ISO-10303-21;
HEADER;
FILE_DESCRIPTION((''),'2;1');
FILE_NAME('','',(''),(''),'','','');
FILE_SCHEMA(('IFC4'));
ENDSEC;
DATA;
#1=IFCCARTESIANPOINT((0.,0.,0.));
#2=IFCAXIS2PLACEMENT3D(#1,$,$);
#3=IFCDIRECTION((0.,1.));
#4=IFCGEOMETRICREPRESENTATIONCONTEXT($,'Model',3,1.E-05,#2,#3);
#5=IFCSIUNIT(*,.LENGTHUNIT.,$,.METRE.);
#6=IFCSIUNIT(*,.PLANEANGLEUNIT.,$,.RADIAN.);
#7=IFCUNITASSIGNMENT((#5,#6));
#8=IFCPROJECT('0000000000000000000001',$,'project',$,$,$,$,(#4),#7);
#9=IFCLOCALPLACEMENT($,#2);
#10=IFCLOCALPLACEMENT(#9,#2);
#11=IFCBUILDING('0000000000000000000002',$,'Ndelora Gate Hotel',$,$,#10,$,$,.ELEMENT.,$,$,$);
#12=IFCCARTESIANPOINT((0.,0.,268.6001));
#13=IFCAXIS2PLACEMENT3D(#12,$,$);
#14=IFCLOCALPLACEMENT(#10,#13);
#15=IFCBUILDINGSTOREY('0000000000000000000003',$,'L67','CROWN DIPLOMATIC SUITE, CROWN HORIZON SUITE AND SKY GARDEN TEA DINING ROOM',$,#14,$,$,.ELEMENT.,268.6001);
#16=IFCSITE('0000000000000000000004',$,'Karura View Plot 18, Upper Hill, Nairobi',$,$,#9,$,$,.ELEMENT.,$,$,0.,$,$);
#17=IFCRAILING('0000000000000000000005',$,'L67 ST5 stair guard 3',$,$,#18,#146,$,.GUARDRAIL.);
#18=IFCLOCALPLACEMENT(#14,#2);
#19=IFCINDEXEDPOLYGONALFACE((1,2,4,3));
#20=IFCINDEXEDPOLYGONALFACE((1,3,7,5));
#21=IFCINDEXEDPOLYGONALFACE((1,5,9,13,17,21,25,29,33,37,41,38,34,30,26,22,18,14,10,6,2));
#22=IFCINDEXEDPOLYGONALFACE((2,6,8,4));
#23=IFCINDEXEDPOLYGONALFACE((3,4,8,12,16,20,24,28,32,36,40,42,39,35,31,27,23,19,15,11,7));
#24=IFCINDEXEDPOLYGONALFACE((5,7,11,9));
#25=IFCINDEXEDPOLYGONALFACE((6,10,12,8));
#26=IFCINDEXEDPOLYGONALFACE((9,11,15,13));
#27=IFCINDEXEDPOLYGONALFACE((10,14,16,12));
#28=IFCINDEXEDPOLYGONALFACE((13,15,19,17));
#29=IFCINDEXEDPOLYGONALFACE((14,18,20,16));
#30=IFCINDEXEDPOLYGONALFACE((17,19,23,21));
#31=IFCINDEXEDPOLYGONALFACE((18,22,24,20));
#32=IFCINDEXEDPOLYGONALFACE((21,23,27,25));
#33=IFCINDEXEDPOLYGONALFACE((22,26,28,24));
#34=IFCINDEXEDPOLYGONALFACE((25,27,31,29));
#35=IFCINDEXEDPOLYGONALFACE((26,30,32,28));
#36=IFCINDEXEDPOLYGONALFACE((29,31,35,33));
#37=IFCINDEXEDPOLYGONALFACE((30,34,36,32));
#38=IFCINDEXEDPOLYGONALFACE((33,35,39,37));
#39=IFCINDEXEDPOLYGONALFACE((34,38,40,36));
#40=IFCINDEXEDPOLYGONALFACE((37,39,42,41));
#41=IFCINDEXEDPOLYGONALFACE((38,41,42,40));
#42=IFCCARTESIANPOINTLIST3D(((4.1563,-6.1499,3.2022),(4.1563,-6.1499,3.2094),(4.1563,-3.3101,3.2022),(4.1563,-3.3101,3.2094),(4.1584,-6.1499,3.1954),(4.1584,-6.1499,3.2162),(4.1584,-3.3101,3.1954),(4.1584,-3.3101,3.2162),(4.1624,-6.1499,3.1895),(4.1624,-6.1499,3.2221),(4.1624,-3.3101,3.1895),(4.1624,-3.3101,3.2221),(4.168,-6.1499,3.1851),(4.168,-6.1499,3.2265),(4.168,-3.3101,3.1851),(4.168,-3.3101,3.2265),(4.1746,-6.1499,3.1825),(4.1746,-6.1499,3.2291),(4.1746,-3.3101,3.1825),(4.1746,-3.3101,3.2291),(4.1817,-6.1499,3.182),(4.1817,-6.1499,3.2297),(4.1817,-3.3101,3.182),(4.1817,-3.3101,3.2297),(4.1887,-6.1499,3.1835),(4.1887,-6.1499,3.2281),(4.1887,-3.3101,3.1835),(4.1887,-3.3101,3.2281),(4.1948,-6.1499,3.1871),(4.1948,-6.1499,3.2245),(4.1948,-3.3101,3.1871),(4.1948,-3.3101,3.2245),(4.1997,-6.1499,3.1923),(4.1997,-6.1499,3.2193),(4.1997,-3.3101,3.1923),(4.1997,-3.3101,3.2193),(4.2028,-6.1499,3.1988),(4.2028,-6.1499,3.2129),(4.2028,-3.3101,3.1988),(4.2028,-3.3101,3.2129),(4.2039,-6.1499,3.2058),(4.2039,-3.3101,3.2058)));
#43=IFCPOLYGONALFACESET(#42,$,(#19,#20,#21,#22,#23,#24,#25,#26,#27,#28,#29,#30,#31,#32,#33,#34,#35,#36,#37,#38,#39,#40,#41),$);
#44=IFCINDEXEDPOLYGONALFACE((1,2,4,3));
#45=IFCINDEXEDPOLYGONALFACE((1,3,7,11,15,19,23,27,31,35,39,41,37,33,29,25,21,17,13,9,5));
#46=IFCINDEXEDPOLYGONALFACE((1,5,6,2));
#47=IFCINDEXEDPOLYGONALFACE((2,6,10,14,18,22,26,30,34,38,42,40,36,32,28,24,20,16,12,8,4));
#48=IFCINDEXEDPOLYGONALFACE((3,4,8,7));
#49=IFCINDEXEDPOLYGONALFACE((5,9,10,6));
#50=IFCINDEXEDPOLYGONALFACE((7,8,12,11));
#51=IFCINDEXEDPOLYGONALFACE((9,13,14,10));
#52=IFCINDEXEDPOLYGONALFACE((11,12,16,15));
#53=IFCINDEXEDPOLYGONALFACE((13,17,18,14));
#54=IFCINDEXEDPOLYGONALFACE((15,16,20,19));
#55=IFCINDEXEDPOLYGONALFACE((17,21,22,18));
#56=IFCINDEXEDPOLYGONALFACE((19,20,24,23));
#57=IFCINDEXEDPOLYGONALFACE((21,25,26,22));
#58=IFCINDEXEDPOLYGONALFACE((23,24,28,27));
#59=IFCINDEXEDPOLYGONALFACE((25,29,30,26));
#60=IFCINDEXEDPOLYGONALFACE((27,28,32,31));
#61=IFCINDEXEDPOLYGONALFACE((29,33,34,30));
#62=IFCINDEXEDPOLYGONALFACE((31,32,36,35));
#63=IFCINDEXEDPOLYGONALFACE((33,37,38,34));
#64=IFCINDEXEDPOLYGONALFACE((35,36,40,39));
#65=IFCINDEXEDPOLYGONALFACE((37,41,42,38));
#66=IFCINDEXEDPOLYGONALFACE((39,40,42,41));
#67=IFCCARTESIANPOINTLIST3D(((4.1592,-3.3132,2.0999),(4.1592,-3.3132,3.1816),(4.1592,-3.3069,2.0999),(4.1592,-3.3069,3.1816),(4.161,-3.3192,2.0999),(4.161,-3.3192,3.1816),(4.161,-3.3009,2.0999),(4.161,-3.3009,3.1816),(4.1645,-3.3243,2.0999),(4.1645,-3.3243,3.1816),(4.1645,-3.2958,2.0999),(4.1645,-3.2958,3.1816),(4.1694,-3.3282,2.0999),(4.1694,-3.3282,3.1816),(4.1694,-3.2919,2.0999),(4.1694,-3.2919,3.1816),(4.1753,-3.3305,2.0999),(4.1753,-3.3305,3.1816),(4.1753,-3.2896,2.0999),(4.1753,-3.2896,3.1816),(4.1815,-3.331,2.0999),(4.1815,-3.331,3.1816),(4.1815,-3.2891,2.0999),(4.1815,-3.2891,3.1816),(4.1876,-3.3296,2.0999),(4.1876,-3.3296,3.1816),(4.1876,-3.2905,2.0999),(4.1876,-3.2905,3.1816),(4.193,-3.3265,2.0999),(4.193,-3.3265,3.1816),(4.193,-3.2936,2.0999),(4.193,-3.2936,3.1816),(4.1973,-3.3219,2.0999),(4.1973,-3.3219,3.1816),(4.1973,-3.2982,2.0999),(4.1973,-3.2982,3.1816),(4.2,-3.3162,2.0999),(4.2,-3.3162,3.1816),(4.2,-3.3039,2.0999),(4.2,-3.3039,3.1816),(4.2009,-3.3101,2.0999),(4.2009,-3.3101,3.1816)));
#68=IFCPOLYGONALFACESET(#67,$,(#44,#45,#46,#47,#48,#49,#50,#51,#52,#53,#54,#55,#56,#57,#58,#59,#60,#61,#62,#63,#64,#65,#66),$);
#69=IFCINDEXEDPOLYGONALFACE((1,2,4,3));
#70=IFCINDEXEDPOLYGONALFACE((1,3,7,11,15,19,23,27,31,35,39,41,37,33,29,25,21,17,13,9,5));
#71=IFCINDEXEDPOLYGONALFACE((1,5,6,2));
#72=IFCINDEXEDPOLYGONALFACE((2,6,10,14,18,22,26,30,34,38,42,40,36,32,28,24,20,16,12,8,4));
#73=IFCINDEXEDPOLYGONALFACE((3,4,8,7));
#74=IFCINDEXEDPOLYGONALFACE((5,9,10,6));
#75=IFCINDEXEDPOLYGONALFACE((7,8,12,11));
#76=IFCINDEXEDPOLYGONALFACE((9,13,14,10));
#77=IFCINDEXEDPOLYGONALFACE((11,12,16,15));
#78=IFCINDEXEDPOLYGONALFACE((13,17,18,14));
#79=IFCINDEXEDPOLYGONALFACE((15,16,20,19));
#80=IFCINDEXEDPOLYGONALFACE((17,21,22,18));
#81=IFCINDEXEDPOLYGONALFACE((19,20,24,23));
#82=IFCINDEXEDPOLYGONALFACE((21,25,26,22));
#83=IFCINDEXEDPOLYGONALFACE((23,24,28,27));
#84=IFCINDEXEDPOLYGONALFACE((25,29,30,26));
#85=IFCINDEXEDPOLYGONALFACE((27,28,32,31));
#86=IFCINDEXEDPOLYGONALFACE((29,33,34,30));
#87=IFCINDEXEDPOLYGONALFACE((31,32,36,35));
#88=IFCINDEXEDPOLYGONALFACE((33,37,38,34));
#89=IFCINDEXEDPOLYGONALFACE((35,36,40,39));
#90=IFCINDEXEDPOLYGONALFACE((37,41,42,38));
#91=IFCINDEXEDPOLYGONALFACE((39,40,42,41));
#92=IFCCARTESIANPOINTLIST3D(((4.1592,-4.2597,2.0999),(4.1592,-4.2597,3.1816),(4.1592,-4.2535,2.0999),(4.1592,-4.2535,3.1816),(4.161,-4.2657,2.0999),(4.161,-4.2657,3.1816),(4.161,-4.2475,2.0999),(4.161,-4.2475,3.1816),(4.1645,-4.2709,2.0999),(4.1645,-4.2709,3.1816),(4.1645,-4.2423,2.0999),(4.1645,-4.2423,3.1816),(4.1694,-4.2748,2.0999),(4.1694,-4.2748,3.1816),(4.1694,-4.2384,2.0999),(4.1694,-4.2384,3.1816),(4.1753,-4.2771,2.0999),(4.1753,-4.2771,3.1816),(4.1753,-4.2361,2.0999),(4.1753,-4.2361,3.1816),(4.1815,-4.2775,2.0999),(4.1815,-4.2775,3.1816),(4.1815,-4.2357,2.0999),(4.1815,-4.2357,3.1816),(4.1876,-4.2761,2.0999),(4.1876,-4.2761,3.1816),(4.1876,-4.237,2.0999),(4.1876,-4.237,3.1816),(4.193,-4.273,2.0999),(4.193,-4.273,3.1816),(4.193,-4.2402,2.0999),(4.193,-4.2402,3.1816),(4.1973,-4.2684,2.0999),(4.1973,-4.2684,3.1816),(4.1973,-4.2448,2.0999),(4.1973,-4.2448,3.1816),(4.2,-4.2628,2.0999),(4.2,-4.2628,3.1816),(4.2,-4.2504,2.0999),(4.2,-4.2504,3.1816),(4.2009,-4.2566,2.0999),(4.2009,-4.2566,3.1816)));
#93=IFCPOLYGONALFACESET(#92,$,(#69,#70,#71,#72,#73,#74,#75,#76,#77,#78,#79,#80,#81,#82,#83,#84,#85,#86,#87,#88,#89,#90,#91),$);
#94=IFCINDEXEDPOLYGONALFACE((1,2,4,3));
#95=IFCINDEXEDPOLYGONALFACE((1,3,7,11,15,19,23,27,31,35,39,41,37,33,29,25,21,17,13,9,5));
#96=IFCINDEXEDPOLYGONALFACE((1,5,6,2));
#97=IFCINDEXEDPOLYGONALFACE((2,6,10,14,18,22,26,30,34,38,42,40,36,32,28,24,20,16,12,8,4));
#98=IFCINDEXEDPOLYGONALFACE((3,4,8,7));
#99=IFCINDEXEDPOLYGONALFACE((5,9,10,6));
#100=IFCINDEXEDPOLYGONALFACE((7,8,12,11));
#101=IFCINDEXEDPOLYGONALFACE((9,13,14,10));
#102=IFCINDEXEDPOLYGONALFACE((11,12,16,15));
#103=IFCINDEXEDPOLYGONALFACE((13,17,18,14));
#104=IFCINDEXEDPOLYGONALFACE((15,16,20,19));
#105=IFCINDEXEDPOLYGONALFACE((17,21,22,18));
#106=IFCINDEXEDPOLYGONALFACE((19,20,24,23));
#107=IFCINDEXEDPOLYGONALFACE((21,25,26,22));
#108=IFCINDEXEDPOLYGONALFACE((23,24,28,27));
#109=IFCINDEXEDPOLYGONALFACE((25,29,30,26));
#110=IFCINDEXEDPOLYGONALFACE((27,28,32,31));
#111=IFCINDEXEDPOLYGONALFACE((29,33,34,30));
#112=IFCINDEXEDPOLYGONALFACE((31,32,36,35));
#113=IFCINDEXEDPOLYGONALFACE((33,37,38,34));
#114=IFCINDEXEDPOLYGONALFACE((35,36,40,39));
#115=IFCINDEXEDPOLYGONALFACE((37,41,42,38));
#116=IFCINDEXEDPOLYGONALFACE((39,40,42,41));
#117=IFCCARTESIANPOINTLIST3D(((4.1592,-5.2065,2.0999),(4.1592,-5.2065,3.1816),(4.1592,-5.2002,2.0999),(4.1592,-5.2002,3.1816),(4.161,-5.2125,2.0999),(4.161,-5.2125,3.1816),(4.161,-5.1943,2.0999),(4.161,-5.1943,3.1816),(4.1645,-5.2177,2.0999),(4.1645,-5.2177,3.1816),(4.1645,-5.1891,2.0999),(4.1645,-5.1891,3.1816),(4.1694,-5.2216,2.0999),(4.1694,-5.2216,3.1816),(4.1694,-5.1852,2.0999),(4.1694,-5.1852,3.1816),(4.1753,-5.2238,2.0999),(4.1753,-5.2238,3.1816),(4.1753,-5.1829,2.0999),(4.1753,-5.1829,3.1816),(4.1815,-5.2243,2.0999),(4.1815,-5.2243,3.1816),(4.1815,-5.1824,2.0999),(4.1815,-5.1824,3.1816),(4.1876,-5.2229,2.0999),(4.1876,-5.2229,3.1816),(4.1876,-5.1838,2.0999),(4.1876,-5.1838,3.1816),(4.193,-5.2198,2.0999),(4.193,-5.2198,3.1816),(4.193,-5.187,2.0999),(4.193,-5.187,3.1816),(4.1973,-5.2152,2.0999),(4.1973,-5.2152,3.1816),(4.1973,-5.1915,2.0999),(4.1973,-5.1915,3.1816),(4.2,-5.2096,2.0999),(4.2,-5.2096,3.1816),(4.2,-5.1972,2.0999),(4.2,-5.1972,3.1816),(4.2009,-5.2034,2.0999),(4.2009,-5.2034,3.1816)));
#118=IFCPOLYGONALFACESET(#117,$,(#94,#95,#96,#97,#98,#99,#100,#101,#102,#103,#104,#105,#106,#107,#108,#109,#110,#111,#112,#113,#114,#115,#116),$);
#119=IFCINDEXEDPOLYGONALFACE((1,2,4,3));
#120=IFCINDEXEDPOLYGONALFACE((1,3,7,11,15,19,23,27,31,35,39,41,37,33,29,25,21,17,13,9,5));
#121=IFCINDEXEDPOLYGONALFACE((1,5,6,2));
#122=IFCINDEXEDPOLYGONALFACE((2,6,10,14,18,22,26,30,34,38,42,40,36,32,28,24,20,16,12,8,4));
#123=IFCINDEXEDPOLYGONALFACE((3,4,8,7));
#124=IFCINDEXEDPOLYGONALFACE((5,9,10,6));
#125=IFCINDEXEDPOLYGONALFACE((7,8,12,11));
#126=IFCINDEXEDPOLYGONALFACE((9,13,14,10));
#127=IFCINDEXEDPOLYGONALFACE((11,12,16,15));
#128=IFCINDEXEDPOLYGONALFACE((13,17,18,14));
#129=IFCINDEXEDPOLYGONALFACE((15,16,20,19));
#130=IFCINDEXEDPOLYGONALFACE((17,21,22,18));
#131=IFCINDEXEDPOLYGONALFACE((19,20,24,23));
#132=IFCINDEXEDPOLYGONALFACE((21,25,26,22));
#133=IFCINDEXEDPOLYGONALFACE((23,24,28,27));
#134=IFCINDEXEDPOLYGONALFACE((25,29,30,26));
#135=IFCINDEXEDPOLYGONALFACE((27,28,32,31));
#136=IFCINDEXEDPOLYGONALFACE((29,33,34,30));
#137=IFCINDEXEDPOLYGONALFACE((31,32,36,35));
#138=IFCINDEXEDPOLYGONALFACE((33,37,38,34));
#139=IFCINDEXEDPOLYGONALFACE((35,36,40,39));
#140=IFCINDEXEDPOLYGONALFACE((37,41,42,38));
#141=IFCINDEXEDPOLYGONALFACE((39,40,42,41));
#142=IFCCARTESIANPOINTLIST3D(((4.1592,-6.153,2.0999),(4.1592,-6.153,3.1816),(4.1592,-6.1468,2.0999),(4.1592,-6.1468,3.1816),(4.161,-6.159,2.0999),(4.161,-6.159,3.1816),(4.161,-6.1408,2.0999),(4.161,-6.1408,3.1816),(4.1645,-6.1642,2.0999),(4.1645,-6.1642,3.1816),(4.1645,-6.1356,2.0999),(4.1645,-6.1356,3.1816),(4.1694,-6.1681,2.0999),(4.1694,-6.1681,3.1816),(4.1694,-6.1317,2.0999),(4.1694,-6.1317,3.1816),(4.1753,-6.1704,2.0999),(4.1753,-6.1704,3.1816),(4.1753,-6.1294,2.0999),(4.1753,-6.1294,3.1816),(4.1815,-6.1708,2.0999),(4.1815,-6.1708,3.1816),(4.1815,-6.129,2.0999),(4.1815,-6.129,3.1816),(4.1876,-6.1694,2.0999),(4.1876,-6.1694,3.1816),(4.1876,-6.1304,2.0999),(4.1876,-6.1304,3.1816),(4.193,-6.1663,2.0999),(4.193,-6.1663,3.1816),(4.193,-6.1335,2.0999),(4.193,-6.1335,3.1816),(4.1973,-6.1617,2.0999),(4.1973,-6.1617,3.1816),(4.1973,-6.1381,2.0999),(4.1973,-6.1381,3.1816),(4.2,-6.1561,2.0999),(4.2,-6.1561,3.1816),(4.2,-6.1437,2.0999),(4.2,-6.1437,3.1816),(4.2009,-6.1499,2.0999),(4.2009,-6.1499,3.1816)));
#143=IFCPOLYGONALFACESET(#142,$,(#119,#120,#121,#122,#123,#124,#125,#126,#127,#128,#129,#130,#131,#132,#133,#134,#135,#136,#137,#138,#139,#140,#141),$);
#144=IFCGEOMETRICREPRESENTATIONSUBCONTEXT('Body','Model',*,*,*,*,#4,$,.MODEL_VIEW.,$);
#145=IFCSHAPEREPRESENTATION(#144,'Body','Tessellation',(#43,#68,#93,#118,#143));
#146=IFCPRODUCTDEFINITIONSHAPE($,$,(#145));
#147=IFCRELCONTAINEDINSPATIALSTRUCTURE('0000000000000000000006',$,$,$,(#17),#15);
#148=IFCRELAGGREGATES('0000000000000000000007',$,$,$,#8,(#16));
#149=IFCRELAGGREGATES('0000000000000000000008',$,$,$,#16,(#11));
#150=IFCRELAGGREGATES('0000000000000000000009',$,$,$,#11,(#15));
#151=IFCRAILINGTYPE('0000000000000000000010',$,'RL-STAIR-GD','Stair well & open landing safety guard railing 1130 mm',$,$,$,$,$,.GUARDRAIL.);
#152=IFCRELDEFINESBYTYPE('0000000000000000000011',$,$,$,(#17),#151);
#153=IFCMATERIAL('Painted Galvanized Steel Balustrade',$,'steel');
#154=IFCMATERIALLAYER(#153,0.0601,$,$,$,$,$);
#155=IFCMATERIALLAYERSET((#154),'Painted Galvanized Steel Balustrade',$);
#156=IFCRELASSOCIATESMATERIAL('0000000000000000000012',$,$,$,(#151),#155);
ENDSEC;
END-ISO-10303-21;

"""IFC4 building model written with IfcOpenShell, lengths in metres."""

from ifc_helpers import new_model, si_unit, direction, frame, origin, origin_2d, place, context, subcontext, project, spatial, circle, extrude, material, layer, layer_set, type_object, element, save


model = new_model("IFC4")

# Units and contexts
model_context = context("Model", 3, precision=1e-05, world=origin(), true_north=direction((0.0, 1.0)))
body_context = subcontext(model_context, "Body", "Model", "MODEL_VIEW")
ifc_project = project(units=[si_unit("LENGTHUNIT", "METRE"), si_unit("PLANEANGLEUNIT", "RADIAN")], contexts=[model_context])

# Site, building, storey
site_placement = place(None, origin())
site = spatial("IfcSite", under=ifc_project, at=site_placement, Name="Karura View Plot 18, Upper Hill, Nairobi", CompositionType="ELEMENT", RefElevation=0.0)
building_placement = place(site_placement, origin())
building = spatial("IfcBuilding", under=site, at=building_placement, Name="Ndelora Gate Hotel", CompositionType="ELEMENT")
storey_placement = place(building_placement, frame((0.0, 0.0, 268.6001)))
storey = spatial("IfcBuildingStorey", under=building, at=storey_placement, Name="L67", Description="CROWN DIPLOMATIC SUITE, CROWN HORIZON SUITE AND SKY GARDEN TEA DINING ROOM", CompositionType="ELEMENT", Elevation=268.6001)

# Railing
ifc_material_1 = material(Name="Painted Galvanized Steel Balustrade", Category="steel")
ifc_layer_1 = layer(ifc_material_1, 0.0601)
ifc_layer_set_1 = layer_set([ifc_layer_1], Name="Painted Galvanized Steel Balustrade")
railing_type_1 = type_object("IfcRailingType", Name="RL-STAIR-GD", Description="Stair well & open landing safety guard railing 1130 mm", PredefinedType="GUARDRAIL", material=ifc_layer_set_1)
for number, where, name in (
    (1, (4.1799, -3.3101, 2.0999), "L67 ST5 stair guard 3"),
):
    element("IfcRailing", number, at=place(storey_placement, frame(where)), inside=storey, type_object=railing_type_1, Name=name, PredefinedType="GUARDRAIL", context=body_context, shape_type="SweptSolid", body=[
        extrude(circle(Radius=0.0239, at=origin_2d()), frame((0.0, 0.0, 1.106), z_axis=(0.0, -1.0, 0.0), x_axis=(1.0, 0.0, 0.0)), (0.0, 0.0, 1.0), 2.8398),
        extrude(circle(Radius=0.021, at=origin_2d()), origin(), (0.0, 0.0, 1.0), 1.0818),
        extrude(circle(Radius=0.021, at=origin_2d()), frame((0.0, -0.9465, 0.0)), (0.0, 0.0, 1.0), 1.0818),
        extrude(circle(Radius=0.021, at=origin_2d()), frame((0.0, -1.8933, 0.0)), (0.0, 0.0, 1.0), 1.0818),
        extrude(circle(Radius=0.021, at=origin_2d()), frame((0.0, -2.8398, 0.0)), (0.0, 0.0, 1.0), 1.0818),
    ])

save(model, "model.ifc")
